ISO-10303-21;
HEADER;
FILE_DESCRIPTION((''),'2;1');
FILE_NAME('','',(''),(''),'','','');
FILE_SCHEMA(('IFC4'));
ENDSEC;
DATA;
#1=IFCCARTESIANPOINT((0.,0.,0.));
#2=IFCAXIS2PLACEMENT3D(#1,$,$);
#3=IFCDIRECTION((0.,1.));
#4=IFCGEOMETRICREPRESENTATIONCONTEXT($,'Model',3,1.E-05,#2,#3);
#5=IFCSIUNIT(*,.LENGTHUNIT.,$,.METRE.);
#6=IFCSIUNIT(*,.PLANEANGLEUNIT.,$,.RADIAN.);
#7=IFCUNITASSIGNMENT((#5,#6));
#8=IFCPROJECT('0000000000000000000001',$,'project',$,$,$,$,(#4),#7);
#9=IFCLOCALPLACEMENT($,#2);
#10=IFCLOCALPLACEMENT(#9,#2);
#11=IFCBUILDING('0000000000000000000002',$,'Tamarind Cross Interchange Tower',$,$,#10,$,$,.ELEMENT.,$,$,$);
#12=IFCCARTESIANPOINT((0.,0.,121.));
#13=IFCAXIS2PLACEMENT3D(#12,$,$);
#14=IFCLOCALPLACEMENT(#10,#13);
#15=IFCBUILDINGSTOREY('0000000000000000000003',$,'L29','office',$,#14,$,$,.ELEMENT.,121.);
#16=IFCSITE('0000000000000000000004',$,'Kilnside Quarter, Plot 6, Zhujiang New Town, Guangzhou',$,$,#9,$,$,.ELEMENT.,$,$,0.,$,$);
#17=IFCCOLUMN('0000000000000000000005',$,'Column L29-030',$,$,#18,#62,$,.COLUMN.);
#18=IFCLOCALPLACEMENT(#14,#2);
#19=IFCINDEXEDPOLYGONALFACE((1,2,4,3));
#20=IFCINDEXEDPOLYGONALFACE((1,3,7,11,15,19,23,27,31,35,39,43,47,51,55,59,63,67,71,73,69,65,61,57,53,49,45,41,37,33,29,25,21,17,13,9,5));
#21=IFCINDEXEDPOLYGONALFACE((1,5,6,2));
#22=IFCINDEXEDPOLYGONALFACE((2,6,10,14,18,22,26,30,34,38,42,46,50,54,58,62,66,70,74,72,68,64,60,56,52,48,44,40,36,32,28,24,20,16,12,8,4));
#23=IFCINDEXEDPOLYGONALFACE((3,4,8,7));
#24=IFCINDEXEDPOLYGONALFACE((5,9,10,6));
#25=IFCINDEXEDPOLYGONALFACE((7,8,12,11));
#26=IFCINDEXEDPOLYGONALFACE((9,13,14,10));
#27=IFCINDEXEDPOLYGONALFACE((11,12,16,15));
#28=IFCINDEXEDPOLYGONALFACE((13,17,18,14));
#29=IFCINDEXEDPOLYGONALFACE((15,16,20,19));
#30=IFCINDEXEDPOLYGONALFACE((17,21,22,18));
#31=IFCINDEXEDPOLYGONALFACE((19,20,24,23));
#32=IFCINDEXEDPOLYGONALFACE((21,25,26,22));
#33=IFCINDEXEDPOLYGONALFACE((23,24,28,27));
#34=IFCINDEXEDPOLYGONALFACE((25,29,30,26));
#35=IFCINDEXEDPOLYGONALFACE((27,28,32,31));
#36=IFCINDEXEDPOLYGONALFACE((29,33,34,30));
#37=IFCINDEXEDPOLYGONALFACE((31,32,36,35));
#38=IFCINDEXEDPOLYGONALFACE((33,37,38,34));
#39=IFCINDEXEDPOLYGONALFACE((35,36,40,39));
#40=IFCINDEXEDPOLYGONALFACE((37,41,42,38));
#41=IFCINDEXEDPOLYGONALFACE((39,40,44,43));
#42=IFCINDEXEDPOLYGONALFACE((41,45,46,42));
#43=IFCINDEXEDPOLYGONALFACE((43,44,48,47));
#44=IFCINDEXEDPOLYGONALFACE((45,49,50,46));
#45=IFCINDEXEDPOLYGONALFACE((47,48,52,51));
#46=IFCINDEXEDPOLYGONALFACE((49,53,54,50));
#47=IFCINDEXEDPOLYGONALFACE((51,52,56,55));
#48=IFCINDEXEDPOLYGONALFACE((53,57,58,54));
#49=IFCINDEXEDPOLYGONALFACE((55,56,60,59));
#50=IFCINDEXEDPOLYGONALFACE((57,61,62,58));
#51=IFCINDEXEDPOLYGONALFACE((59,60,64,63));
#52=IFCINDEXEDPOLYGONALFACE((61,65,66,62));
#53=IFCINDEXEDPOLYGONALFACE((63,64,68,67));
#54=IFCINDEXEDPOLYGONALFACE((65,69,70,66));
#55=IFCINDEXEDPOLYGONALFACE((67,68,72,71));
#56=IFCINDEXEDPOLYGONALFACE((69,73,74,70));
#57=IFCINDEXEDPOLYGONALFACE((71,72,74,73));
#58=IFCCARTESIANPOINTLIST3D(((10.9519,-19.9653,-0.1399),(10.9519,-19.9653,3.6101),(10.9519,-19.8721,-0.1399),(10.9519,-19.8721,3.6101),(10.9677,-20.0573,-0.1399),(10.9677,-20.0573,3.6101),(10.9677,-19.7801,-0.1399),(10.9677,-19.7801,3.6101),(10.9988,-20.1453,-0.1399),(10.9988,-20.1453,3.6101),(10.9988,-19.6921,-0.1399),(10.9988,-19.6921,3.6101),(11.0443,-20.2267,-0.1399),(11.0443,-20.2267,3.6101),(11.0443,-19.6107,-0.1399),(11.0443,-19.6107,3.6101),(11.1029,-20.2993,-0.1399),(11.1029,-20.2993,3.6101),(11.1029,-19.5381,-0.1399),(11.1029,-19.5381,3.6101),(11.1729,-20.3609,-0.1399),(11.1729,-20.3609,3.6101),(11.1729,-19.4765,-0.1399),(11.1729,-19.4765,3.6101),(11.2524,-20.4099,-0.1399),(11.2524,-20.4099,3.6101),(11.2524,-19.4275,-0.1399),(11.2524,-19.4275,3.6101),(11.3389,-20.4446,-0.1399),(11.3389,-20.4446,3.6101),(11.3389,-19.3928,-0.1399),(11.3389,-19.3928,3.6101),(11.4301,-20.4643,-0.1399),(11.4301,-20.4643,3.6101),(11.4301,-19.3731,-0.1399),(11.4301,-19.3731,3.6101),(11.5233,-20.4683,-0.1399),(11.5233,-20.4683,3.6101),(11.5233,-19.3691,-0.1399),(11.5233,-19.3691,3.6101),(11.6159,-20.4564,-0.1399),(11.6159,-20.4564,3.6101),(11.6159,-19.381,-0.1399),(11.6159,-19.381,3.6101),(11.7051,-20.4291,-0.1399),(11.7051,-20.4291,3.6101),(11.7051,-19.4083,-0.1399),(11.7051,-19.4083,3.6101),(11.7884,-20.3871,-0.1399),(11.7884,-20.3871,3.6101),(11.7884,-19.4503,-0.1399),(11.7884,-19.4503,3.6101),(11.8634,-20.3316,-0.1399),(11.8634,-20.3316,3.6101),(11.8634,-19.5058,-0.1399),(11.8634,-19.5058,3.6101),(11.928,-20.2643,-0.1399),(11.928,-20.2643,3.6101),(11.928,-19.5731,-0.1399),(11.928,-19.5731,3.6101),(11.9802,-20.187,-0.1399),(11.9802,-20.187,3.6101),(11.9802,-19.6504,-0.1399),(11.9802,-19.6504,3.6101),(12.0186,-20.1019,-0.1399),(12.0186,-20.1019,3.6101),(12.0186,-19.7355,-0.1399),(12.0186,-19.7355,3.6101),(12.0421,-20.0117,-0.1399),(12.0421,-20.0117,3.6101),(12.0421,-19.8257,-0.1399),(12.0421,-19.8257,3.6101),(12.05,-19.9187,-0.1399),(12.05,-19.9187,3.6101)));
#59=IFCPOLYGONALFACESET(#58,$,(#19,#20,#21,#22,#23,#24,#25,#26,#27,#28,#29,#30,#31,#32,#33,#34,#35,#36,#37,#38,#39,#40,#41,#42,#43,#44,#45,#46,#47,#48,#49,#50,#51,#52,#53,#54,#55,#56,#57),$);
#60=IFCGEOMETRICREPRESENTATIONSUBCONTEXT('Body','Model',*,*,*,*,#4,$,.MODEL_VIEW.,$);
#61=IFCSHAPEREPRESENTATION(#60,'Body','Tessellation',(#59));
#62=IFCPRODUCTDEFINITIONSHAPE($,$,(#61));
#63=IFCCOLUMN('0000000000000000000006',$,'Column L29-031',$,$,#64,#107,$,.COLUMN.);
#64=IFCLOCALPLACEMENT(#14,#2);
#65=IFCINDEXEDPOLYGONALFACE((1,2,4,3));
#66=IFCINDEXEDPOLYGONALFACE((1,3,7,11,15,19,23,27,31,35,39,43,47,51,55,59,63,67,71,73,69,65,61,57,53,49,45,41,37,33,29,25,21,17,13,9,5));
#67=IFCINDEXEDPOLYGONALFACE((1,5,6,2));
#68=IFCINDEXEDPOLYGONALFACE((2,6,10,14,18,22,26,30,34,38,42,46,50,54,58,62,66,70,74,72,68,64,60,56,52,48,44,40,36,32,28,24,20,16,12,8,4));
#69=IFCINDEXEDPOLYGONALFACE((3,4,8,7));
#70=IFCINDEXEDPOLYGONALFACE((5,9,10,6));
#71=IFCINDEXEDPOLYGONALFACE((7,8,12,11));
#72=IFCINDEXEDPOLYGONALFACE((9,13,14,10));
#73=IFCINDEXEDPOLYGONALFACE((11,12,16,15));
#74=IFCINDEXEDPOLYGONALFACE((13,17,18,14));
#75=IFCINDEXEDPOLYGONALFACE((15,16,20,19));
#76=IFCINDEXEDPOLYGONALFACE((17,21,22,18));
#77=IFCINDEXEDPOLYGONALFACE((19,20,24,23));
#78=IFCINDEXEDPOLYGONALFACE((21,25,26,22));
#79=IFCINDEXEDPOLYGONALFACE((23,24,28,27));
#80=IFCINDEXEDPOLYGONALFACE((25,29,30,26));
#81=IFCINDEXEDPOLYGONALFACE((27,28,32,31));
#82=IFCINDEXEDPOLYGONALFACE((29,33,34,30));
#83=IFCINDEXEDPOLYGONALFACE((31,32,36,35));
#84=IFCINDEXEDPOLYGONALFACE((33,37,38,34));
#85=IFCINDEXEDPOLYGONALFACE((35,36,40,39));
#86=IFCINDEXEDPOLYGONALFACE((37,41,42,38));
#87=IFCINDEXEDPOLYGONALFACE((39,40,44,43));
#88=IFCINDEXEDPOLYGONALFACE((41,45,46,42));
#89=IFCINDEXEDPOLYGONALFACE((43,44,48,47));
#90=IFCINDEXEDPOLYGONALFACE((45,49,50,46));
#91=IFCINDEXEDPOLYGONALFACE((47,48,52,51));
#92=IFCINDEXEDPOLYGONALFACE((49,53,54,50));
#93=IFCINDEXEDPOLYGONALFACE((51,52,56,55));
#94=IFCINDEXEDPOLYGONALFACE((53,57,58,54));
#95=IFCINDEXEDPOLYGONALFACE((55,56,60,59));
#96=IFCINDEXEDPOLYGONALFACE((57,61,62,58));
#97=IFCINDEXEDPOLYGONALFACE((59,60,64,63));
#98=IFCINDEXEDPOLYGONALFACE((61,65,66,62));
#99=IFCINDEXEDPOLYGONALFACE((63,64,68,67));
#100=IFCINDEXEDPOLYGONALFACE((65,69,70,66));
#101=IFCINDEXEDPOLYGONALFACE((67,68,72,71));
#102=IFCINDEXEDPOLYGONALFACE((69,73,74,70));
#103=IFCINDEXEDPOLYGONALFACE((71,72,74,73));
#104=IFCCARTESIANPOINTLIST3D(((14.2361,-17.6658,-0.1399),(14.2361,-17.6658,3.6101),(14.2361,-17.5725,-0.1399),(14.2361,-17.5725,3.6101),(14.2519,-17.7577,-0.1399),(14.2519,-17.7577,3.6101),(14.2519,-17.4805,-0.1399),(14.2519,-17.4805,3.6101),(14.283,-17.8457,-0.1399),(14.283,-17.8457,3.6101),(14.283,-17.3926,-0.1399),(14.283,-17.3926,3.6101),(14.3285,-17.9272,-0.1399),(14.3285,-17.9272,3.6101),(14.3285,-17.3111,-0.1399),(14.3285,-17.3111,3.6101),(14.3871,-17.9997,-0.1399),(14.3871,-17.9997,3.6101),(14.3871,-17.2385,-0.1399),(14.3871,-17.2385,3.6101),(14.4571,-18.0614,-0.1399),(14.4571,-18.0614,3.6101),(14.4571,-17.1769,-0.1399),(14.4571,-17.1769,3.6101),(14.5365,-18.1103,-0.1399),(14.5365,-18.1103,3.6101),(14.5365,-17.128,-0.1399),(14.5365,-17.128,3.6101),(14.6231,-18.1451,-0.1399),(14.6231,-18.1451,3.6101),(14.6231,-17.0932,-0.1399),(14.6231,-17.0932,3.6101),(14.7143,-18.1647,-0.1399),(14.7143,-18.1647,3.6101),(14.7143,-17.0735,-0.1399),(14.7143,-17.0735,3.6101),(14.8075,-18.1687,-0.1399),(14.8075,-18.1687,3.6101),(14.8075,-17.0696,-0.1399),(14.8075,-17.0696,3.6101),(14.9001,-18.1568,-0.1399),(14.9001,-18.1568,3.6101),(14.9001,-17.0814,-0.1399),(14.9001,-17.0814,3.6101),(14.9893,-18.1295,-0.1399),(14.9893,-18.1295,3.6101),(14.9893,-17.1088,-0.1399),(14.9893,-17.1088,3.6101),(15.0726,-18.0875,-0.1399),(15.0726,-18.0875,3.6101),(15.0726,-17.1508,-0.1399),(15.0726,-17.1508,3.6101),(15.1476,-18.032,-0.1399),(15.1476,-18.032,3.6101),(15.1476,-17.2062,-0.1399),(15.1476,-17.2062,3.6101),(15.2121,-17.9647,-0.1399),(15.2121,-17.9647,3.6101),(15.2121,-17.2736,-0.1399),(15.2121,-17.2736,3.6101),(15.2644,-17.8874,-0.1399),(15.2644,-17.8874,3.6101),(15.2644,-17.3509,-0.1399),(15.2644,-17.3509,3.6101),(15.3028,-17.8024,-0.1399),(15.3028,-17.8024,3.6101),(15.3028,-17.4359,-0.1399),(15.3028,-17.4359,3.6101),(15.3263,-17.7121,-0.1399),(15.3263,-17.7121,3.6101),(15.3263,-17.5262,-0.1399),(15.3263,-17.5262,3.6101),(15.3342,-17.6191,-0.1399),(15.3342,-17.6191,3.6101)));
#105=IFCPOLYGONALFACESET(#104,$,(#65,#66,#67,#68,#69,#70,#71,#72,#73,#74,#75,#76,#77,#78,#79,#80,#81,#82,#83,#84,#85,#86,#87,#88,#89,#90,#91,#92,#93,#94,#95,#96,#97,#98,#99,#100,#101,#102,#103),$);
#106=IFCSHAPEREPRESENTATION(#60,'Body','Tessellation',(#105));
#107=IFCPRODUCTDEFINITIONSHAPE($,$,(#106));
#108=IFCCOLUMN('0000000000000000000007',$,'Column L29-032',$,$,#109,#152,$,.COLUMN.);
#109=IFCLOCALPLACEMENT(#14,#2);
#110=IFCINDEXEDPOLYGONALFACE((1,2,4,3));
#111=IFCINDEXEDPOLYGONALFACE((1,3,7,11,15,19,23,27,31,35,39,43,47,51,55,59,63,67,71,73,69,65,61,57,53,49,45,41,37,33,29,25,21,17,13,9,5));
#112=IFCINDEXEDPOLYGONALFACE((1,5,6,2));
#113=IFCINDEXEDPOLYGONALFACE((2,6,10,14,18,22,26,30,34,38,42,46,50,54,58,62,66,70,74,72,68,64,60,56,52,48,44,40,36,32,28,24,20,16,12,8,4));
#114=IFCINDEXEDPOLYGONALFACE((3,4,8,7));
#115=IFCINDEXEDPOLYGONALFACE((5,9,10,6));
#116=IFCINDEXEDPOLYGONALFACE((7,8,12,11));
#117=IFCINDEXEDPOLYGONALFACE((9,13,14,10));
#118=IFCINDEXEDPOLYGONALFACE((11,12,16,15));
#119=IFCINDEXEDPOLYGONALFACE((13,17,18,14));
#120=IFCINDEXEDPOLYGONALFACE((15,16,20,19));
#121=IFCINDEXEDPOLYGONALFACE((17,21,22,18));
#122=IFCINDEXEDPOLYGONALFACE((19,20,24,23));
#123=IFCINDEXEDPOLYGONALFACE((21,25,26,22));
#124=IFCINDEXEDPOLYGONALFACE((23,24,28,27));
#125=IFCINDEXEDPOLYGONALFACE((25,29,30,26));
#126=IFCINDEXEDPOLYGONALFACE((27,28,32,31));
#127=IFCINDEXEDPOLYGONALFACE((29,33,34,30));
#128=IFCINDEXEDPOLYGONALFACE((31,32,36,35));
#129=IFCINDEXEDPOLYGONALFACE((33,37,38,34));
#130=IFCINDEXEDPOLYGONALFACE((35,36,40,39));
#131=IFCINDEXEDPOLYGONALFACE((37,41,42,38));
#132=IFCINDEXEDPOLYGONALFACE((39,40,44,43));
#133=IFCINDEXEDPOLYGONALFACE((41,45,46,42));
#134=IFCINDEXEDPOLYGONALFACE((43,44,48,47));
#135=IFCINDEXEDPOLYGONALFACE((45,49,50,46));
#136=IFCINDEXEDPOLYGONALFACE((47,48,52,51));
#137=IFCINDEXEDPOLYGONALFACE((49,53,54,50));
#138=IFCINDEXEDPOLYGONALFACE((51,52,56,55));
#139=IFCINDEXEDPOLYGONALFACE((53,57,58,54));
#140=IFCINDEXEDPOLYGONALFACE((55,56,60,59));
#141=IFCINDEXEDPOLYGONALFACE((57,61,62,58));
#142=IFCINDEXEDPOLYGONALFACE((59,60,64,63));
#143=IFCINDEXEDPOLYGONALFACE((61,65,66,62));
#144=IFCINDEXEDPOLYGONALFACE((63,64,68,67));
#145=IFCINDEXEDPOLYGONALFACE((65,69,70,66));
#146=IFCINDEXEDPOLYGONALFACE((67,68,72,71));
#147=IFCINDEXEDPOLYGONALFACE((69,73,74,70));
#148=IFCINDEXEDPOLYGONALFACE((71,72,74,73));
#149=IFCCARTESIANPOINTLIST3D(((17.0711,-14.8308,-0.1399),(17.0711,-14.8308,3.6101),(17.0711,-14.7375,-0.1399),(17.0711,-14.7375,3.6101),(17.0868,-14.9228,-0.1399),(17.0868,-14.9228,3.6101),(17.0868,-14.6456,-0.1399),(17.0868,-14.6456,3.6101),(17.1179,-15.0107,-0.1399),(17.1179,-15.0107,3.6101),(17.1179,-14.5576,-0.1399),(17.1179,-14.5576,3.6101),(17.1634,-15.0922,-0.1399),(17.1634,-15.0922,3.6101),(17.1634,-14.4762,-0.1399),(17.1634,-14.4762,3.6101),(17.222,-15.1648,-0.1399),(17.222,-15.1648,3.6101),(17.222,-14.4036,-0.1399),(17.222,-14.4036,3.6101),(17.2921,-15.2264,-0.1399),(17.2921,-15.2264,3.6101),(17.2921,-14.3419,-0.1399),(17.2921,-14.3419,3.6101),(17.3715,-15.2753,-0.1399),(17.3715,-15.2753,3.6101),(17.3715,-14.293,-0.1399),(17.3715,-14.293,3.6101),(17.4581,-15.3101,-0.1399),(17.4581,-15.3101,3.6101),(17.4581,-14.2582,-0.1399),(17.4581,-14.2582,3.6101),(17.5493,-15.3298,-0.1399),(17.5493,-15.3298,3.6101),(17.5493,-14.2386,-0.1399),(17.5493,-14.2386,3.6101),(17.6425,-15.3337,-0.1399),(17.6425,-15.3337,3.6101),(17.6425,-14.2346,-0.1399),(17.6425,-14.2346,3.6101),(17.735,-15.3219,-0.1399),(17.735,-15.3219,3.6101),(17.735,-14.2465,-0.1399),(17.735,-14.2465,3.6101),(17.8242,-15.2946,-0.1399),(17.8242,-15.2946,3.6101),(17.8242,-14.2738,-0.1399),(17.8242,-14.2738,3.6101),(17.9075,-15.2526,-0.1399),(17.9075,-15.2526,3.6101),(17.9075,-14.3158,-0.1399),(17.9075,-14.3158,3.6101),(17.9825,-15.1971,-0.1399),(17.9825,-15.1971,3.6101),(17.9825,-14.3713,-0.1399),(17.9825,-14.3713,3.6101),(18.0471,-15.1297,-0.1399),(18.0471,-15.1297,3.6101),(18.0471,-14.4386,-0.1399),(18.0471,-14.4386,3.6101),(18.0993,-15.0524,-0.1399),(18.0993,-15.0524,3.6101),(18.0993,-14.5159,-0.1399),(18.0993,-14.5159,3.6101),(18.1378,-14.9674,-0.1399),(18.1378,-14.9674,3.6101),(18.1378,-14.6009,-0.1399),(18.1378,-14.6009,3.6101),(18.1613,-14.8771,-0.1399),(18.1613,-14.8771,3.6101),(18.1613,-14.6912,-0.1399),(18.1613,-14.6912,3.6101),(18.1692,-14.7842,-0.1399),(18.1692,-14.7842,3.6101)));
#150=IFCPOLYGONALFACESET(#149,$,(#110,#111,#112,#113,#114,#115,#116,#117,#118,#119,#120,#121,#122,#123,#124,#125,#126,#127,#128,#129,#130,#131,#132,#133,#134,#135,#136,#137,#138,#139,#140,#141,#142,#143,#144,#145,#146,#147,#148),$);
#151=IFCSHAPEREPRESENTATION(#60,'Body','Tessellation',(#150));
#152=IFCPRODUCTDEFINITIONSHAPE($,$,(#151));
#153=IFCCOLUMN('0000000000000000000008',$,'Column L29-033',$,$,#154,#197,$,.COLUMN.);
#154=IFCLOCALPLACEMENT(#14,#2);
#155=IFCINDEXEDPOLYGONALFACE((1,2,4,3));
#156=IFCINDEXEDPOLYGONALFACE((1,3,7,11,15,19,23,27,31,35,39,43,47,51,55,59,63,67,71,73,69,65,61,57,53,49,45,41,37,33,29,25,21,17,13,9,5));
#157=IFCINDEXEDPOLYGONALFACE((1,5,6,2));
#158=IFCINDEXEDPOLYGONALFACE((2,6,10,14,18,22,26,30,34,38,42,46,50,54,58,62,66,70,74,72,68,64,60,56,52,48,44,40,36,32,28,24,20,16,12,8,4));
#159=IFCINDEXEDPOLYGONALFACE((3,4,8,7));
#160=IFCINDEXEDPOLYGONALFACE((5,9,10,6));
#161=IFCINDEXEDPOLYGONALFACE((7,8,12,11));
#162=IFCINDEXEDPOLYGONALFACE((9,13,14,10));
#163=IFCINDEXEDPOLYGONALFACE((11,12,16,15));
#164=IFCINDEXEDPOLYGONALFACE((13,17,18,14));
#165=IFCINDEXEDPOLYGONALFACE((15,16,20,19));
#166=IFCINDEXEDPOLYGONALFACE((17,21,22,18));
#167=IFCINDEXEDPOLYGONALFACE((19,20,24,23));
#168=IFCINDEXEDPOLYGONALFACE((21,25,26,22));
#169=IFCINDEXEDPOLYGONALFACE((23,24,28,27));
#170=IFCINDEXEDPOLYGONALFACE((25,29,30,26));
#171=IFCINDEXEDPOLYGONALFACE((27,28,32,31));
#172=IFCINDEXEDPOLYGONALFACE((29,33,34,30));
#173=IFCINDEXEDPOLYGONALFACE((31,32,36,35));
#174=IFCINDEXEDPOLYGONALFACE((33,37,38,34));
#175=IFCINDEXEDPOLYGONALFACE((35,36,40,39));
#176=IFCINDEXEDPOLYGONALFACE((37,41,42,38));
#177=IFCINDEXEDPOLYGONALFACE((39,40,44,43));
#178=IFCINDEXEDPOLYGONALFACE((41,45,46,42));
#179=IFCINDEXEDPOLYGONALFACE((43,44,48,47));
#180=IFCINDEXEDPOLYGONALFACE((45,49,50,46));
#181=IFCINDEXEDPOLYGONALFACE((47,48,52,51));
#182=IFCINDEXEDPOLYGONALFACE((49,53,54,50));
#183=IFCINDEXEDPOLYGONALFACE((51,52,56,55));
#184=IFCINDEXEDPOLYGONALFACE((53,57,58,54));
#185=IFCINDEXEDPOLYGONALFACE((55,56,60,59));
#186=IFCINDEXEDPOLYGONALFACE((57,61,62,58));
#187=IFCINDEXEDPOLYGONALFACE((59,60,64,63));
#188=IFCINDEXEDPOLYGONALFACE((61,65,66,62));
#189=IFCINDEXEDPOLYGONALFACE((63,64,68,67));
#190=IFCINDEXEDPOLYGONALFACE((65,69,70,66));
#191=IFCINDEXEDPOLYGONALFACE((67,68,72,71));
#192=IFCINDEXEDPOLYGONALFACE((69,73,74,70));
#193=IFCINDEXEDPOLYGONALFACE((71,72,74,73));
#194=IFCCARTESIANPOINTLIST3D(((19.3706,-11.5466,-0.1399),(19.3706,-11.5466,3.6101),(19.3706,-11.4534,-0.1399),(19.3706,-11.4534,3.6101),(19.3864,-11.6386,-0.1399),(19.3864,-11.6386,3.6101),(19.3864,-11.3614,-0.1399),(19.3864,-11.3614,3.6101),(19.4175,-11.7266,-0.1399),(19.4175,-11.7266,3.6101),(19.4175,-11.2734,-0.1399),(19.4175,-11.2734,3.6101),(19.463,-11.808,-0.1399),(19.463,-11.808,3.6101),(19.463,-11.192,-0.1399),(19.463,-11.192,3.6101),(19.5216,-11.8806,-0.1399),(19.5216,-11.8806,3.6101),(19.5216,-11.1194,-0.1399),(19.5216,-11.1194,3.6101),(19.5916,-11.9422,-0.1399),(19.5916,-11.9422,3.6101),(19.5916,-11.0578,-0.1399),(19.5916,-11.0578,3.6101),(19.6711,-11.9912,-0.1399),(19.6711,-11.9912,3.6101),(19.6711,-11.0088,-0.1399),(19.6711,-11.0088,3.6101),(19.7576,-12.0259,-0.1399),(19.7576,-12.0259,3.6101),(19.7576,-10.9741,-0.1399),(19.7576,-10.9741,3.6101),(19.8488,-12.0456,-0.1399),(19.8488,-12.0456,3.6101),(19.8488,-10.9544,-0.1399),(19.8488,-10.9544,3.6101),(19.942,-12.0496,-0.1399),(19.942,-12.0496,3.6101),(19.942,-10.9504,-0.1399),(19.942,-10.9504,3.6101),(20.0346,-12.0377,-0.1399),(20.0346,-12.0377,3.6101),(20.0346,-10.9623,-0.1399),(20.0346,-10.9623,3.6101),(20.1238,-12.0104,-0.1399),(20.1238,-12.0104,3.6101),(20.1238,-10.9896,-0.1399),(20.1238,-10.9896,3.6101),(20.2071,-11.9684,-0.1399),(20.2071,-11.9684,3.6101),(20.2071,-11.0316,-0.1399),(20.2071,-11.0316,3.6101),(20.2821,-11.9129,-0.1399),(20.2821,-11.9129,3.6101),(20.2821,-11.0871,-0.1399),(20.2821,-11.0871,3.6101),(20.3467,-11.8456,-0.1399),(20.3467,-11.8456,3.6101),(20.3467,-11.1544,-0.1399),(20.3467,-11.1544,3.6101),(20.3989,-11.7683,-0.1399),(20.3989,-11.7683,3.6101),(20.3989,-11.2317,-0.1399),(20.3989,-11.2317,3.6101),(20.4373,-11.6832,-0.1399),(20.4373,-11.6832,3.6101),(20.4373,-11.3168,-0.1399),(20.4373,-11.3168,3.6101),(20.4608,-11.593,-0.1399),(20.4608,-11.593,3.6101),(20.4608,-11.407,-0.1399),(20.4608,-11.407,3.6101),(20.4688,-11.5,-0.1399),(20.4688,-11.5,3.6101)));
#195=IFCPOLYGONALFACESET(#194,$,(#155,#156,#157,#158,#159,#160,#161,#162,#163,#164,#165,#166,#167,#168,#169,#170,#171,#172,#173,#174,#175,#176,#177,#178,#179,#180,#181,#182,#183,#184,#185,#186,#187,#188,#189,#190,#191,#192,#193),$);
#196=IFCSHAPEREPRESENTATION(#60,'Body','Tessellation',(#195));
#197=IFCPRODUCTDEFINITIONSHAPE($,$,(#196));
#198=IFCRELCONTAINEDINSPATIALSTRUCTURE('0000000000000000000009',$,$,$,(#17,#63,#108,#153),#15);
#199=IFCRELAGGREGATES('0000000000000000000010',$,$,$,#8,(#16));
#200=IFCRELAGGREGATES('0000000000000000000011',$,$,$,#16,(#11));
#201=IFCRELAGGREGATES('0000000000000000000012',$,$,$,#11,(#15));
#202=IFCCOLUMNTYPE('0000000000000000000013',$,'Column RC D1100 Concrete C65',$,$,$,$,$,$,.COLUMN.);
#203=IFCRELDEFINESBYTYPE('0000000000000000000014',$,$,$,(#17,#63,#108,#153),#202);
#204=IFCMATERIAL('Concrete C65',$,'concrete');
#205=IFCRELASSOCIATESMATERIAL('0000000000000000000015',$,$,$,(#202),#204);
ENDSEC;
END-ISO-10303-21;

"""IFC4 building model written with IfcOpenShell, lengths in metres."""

from ifc_helpers import new_model, si_unit, direction, frame, origin, origin_2d, place, context, subcontext, project, spatial, circle, extrude, material, material_profile, profile_set, type_object, element, save


model = new_model("IFC4")

# Units and contexts
model_context = context("Model", 3, precision=1e-05, world=origin(), true_north=direction((0.0, 1.0)))
body_context = subcontext(model_context, "Body", "Model", "MODEL_VIEW")
ifc_project = project(units=[si_unit("LENGTHUNIT", "METRE"), si_unit("PLANEANGLEUNIT", "RADIAN")], contexts=[model_context])

# Site, building, storey
site_placement = place(None, origin())
site = spatial("IfcSite", under=ifc_project, at=site_placement, Name="Kilnside Quarter, Plot 6, Zhujiang New Town, Guangzhou", CompositionType="ELEMENT", RefElevation=0.0)
building_placement = place(site_placement, origin())
building = spatial("IfcBuilding", under=site, at=building_placement, Name="Tamarind Cross Interchange Tower", CompositionType="ELEMENT")
storey_placement = place(building_placement, frame((0.0, 0.0, 121.0)))
storey = spatial("IfcBuildingStorey", under=building, at=storey_placement, Name="L29", Description="office", CompositionType="ELEMENT", Elevation=121.0)

# Columns
ifc_material_1 = material(Name="Concrete C65", Category="concrete")
ifc_material_profile_1 = material_profile(ifc_material_1, circle(Radius=0.55, at=origin_2d()), Name="RC D1100")
ifc_profile_set_1 = profile_set([ifc_material_profile_1], Name="Concrete C65")
column_type = type_object("IfcColumnType", Name="Column RC D1100 Concrete C65", PredefinedType="COLUMN", material=ifc_profile_set_1)
for number, where, z_axis, x_axis, name in (
    (1, (11.5, -19.9187, -0.1399), (0.0, 0.0, 1.0), (1.0, 0.0, 0.0), "Column L29-030"),
    (2, (14.7842, -17.6191, -0.1399), (0.0, 0.0, 1.0), (1.0, 0.0, 0.0), "Column L29-031"),
    (3, (17.6191, -14.7842, -0.1399), (0.0, 0.0, 1.0), (1.0, 0.0, 0.0), "Column L29-032"),
    (4, (19.9187, -11.5, -0.1399), (0.0, 0.0, 1.0), (1.0, 0.0, 0.0), "Column L29-033"),
):
    element("IfcColumn", number, at=place(storey_placement, frame(where, z_axis=z_axis, x_axis=x_axis)), inside=storey, type_object=column_type, Name=name, PredefinedType="COLUMN", context=body_context, shape_type="SweptSolid", body=[
        extrude(circle(Radius=0.55, at=origin_2d()), origin(), (0.0, 0.0, 1.0), 3.75),
    ])

save(model, "model.ifc")
